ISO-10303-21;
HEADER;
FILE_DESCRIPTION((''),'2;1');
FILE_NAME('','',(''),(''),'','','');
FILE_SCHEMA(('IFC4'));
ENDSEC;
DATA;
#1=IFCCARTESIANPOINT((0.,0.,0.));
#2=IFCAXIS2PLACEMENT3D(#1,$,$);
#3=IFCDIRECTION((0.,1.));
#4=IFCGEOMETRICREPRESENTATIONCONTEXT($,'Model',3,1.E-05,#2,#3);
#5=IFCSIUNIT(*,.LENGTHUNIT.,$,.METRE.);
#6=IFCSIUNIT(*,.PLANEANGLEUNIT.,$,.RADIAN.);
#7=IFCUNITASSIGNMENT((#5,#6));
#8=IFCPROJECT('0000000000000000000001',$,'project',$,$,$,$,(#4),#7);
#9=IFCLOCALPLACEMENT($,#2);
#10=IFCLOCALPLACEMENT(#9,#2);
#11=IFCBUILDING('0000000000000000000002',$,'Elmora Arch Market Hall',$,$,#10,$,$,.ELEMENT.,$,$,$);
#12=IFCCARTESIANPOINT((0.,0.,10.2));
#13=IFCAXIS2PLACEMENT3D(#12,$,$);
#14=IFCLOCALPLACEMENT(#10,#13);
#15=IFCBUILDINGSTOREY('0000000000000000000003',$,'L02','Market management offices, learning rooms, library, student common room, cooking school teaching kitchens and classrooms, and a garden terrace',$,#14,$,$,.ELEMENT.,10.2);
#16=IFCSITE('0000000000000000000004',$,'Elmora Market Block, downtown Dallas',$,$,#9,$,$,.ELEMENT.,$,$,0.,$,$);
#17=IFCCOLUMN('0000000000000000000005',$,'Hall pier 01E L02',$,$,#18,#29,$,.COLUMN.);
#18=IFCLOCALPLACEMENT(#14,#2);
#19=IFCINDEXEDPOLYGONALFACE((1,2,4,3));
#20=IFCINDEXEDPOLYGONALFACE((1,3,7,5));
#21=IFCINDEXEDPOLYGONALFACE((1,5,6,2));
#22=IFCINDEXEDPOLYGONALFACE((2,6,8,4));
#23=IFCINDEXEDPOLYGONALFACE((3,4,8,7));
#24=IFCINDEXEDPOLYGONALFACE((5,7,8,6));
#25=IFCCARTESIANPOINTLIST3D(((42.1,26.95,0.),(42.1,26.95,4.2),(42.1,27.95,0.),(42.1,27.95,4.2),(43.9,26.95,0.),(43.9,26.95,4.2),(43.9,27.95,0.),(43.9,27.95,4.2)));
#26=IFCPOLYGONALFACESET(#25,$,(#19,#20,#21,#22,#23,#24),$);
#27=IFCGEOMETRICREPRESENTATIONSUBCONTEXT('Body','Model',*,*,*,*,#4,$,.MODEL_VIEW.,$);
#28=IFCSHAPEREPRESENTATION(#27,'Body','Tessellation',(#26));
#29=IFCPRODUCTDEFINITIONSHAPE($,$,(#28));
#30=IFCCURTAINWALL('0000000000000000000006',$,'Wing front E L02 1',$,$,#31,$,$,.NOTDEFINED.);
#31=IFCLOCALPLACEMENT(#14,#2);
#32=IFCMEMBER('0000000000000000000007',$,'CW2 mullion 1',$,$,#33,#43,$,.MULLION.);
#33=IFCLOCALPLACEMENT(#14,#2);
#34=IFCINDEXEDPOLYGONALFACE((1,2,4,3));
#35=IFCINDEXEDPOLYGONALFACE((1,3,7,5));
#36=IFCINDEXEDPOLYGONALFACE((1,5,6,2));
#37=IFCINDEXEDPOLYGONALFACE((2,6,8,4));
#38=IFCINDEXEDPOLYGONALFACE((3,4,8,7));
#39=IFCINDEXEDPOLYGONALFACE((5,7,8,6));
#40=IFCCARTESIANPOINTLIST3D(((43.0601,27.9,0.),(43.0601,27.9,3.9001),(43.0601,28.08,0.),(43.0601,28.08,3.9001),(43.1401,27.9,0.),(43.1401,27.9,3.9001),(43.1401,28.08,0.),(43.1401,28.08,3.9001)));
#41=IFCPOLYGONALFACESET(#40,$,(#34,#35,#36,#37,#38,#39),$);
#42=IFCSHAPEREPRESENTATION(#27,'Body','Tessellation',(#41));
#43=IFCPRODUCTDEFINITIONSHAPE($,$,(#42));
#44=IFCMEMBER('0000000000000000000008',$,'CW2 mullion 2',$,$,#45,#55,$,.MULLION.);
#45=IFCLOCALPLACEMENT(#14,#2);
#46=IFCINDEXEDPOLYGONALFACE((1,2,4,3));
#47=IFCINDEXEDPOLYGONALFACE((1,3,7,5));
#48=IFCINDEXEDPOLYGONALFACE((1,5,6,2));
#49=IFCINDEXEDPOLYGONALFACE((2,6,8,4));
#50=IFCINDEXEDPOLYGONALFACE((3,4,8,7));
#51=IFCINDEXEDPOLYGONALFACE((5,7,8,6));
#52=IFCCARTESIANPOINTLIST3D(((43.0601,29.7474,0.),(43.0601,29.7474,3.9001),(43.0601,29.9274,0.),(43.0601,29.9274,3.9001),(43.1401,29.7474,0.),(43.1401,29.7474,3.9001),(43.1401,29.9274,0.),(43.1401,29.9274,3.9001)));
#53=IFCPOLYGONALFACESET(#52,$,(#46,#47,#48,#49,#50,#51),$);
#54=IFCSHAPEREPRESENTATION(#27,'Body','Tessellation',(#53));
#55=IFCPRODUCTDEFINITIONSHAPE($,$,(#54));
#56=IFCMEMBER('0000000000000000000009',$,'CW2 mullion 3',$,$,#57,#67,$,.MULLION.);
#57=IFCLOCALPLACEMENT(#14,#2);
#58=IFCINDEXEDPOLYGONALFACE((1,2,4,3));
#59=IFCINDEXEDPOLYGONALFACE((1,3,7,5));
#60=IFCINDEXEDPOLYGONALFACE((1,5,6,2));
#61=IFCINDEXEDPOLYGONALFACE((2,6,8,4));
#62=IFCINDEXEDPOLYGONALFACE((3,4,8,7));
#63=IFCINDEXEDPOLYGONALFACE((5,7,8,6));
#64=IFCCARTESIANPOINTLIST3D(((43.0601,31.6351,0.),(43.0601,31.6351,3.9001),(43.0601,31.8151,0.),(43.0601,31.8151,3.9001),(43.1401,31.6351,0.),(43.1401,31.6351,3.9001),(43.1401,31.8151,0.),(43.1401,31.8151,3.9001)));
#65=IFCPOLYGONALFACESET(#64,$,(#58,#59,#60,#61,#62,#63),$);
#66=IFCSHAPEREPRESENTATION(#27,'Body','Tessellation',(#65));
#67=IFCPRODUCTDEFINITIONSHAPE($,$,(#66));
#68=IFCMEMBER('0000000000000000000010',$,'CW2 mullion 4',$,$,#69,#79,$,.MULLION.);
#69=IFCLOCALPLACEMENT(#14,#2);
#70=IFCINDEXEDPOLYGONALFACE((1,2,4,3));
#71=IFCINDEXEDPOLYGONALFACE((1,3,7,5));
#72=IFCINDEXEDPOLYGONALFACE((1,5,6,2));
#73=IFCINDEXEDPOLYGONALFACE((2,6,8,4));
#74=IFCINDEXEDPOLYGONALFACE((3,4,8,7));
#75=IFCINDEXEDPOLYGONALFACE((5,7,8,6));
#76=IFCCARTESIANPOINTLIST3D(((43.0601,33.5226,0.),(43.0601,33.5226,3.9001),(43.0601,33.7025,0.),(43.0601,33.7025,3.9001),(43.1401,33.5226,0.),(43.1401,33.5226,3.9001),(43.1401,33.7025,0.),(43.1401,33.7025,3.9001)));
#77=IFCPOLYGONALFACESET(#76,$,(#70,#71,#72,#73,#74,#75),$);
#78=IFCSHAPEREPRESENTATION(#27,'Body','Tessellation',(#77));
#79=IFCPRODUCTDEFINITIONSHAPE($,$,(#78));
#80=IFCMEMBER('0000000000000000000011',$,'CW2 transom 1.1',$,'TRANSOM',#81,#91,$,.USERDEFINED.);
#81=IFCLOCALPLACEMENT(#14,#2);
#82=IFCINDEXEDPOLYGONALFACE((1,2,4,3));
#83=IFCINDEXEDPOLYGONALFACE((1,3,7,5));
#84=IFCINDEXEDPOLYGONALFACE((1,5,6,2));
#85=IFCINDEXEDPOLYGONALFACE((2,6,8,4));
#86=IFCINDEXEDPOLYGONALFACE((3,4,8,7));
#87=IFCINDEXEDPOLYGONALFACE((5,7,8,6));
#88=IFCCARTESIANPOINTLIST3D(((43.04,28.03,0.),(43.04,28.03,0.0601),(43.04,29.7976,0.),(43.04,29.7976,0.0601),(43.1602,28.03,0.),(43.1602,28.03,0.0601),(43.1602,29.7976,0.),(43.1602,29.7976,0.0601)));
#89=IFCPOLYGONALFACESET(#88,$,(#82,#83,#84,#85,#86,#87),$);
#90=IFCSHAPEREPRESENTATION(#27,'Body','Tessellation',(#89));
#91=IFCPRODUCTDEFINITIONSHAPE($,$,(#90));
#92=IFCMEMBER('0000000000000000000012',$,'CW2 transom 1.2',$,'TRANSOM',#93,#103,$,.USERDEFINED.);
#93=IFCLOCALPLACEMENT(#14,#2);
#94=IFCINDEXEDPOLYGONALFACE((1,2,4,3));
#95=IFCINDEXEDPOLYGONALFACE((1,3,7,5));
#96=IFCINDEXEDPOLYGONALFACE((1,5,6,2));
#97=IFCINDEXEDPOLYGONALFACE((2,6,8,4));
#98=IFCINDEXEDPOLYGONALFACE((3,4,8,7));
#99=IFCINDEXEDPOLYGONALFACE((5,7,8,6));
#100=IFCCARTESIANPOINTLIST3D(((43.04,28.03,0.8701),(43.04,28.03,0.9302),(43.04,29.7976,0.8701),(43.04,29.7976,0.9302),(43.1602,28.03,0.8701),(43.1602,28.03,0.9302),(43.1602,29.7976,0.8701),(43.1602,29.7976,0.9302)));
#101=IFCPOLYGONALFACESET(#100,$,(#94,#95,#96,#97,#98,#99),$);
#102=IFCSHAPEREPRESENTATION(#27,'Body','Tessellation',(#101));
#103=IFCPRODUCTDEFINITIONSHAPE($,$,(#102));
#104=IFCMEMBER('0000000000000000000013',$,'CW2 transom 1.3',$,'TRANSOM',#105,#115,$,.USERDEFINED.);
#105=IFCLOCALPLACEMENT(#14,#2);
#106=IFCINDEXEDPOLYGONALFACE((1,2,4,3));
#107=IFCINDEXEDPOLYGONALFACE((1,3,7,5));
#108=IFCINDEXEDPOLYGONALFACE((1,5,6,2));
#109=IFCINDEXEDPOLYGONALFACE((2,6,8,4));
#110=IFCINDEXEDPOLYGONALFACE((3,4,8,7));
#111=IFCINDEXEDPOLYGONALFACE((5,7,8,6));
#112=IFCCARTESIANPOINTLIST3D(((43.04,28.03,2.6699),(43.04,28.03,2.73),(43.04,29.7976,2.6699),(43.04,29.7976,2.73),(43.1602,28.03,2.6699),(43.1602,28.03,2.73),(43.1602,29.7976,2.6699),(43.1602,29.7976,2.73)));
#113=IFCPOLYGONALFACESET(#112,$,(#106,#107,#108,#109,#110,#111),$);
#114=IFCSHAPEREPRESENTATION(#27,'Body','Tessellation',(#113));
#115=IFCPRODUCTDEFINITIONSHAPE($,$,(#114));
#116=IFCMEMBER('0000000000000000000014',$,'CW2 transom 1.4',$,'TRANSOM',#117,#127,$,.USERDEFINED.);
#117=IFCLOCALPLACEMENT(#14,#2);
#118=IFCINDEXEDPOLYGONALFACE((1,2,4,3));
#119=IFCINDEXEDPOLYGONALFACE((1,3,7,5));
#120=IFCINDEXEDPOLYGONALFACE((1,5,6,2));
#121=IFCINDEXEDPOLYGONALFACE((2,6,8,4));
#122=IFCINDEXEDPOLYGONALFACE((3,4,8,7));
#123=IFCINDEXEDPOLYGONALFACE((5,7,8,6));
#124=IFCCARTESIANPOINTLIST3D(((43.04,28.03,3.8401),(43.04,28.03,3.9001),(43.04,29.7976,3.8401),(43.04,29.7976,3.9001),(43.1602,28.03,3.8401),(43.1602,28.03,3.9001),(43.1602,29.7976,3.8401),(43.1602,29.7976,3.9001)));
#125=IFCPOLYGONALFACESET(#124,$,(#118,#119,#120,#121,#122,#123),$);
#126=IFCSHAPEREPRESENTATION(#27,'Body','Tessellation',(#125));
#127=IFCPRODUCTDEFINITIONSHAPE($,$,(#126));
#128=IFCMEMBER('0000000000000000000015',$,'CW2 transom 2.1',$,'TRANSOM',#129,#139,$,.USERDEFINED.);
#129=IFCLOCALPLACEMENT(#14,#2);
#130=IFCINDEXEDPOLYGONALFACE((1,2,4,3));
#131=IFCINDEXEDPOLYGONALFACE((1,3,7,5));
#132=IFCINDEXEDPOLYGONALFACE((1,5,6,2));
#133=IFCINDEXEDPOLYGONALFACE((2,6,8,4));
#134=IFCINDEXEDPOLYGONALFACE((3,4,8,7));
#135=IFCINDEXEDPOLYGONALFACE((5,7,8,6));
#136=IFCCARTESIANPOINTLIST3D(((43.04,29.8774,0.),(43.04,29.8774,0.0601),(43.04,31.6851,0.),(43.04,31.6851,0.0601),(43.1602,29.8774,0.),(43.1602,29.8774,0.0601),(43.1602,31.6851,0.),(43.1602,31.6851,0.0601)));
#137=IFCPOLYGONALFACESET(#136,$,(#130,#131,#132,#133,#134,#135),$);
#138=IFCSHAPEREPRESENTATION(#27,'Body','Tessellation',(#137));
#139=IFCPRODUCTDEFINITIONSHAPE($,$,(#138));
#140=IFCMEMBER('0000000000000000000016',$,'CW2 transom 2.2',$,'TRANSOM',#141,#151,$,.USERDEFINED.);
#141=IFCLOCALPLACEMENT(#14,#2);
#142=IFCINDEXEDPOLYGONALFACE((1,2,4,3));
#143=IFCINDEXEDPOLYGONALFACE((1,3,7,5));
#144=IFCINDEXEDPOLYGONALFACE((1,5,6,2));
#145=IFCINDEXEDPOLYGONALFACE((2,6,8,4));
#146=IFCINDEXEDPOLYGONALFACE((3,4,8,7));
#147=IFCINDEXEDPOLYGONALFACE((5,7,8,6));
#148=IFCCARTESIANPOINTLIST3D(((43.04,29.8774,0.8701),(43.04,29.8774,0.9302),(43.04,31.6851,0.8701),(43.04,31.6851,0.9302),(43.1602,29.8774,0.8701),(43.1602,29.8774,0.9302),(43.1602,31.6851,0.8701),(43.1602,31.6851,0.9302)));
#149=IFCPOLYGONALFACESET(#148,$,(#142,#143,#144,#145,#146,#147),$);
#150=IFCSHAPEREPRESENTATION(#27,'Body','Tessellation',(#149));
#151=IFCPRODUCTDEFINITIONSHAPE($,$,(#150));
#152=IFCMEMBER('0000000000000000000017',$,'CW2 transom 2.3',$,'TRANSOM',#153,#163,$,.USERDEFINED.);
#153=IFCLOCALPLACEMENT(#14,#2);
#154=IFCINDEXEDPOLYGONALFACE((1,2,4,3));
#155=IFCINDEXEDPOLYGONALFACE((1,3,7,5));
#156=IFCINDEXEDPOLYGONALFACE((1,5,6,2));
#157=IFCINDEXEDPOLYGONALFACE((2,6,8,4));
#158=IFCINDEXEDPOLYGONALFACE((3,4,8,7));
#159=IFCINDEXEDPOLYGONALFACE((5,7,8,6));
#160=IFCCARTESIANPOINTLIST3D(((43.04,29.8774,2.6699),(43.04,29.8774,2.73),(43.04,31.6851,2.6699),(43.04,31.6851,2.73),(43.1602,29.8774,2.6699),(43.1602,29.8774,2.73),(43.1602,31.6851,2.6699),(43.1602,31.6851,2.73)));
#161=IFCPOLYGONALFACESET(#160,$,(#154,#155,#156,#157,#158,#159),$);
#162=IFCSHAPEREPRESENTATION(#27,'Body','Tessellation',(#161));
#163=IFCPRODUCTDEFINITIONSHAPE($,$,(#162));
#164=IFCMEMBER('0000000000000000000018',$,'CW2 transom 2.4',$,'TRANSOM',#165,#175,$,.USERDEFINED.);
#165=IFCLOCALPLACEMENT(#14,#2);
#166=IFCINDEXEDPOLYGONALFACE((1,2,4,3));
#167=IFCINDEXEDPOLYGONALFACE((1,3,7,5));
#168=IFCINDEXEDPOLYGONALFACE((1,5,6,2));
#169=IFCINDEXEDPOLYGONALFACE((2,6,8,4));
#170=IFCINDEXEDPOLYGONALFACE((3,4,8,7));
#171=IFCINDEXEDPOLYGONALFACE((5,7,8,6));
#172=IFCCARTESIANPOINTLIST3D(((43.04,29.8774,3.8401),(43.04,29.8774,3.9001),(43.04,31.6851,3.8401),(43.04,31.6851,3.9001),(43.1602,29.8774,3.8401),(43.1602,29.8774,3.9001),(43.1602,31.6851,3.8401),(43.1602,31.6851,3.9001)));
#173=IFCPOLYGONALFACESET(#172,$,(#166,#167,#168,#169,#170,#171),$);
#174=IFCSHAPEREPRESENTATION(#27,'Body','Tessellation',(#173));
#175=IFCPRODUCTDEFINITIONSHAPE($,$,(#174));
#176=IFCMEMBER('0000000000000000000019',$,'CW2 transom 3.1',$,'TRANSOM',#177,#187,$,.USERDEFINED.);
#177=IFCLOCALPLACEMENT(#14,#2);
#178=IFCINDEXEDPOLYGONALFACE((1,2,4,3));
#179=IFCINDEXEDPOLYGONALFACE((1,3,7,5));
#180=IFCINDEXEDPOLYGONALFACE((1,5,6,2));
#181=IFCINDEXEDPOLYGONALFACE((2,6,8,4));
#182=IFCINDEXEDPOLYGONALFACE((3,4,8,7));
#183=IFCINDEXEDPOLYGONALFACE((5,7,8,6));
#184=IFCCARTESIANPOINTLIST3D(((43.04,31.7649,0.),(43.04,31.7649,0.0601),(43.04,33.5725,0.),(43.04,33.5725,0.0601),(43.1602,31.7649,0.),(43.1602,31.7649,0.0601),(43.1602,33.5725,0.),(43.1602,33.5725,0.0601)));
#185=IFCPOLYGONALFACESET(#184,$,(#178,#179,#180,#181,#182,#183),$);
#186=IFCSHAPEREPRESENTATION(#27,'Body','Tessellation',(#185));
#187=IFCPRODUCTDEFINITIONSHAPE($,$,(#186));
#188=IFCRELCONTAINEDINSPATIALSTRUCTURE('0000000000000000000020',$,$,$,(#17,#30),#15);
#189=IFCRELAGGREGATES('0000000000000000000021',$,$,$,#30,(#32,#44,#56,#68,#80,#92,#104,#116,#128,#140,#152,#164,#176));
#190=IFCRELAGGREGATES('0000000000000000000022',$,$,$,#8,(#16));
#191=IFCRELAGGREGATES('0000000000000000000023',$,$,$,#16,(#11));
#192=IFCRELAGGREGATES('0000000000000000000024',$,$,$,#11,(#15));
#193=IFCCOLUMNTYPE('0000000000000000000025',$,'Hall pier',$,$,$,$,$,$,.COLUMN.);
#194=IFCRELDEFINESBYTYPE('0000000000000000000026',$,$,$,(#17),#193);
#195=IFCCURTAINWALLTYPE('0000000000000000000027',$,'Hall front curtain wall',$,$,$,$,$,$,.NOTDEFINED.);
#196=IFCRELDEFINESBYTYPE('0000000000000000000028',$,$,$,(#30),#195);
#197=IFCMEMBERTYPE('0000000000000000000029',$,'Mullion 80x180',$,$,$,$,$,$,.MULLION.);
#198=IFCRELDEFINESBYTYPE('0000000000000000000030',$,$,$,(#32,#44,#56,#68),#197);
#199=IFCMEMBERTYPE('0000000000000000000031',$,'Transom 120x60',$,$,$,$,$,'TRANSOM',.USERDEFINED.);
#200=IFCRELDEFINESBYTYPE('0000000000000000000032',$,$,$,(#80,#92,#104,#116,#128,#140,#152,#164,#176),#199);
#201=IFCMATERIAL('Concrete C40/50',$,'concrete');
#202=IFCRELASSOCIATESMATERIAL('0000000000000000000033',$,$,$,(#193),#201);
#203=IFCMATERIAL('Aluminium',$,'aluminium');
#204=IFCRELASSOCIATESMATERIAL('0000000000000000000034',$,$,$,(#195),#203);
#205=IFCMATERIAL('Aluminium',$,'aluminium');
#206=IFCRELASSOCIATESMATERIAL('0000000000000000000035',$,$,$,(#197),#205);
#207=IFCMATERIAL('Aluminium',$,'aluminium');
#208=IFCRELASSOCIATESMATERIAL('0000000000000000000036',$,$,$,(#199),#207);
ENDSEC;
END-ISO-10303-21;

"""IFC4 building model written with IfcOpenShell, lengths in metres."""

from ifc_helpers import new_model, si_unit, direction, frame, origin, origin_2d, place, context, subcontext, project, spatial, rectangle, extrude, material, material_profile, profile_set, type_object, element, aggregate, save


model = new_model("IFC4")

# Units and contexts
model_context = context("Model", 3, precision=1e-05, world=origin(), true_north=direction((0.0, 1.0)))
body_context = subcontext(model_context, "Body", "Model", "MODEL_VIEW")
ifc_project = project(units=[si_unit("LENGTHUNIT", "METRE"), si_unit("PLANEANGLEUNIT", "RADIAN")], contexts=[model_context])

# Site, building, storey
site_placement = place(None, origin())
site = spatial("IfcSite", under=ifc_project, at=site_placement, Name="Elmora Market Block, downtown Dallas", CompositionType="ELEMENT", RefElevation=0.0)
building_placement = place(site_placement, origin())
building = spatial("IfcBuilding", under=site, at=building_placement, Name="Elmora Arch Market Hall", CompositionType="ELEMENT")
storey_placement = place(building_placement, frame((0.0, 0.0, 10.2)))
storey = spatial("IfcBuildingStorey", under=building, at=storey_placement, Name="L02", Description="Market management offices, learning rooms, library, student common room, cooking school teaching kitchens and classrooms, and a garden terrace", CompositionType="ELEMENT", Elevation=10.2)

# Column
ifc_material_1 = material(Name="Concrete C40/50", Category="concrete")
ifc_material_profile_1 = material_profile(ifc_material_1, rectangle(XDim=1.8, YDim=1.0, at=origin_2d()), Name="Hall pier")
ifc_profile_set_1 = profile_set([ifc_material_profile_1], Name="Concrete C40/50")
column_type = type_object("IfcColumnType", Name="Hall pier", PredefinedType="COLUMN", material=ifc_profile_set_1)
column_placement = place(storey_placement, frame((43.0, 27.45, 0.0), z_axis=(0.0, 0.0, 1.0), x_axis=(1.0, 0.0, 0.0)))
element("IfcColumn", 1, at=column_placement, inside=storey, type_object=column_type, Name="Hall pier 01E L02", PredefinedType="COLUMN", context=body_context, shape_type="SweptSolid", body=[
    extrude(rectangle(XDim=1.8, YDim=1.0, at=origin_2d()), origin(), (0.0, 0.0, 1.0), 4.2),
])

# Curtain wall, members
ifc_material_2 = material(Name="Aluminium", Category="aluminium")
curtain_wall_type = type_object("IfcCurtainWallType", Name="Hall front curtain wall", PredefinedType="NOTDEFINED", material=ifc_material_2)
curtain_wall_placement = place(storey_placement, origin())
curtain_wall = element("IfcCurtainWall", 2, at=curtain_wall_placement, inside=storey, type_object=curtain_wall_type, Name="Wing front E L02 1", PredefinedType="NOTDEFINED")
ifc_material_3 = material(Name="Aluminium", Category="aluminium")
ifc_material_profile_2 = material_profile(ifc_material_3, rectangle(XDim=0.0801, YDim=0.1799, at=origin_2d()), Name="AL 80x180")
ifc_profile_set_2 = profile_set([ifc_material_profile_2], Name="Aluminium")
member_type_1 = type_object("IfcMemberType", Name="Mullion 80x180", PredefinedType="MULLION", material=ifc_profile_set_2)
member_1_placement = place(storey_placement, frame((43.1001, 27.99, 0.0), z_axis=(0.0, 0.0, 1.0), x_axis=(-1.0, 0.0, 0.0)))
member_1 = element("IfcMember", 3, at=member_1_placement, type_object=member_type_1, Name="CW2 mullion 1", PredefinedType="MULLION", context=body_context, shape_type="SweptSolid", body=[
    extrude(rectangle(XDim=0.0801, YDim=0.1799, at=origin_2d()), origin(), (0.0, 0.0, 1.0), 3.9001),
])
member_2_placement = place(storey_placement, frame((43.1001, 29.8374, 0.0), z_axis=(0.0, 0.0, 1.0), x_axis=(-1.0, 0.0, 0.0)))
member_2 = element("IfcMember", 4, at=member_2_placement, type_object=member_type_1, Name="CW2 mullion 2", PredefinedType="MULLION", context=body_context, shape_type="SweptSolid", body=[
    extrude(rectangle(XDim=0.0801, YDim=0.1799, at=origin_2d()), origin(), (0.0, 0.0, 1.0), 3.9001),
])
member_3_placement = place(storey_placement, frame((43.1001, 31.7251, 0.0), z_axis=(0.0, 0.0, 1.0), x_axis=(-1.0, 0.0, 0.0)))
member_3 = element("IfcMember", 5, at=member_3_placement, type_object=member_type_1, Name="CW2 mullion 3", PredefinedType="MULLION", context=body_context, shape_type="SweptSolid", body=[
    extrude(rectangle(XDim=0.0801, YDim=0.1799, at=origin_2d()), origin(), (0.0, 0.0, 1.0), 3.9001),
])
member_4_placement = place(storey_placement, frame((43.1001, 33.6125, 0.0), z_axis=(0.0, 0.0, 1.0), x_axis=(-1.0, 0.0, 0.0)))
member_4 = element("IfcMember", 6, at=member_4_placement, type_object=member_type_1, Name="CW2 mullion 4", PredefinedType="MULLION", context=body_context, shape_type="SweptSolid", body=[
    extrude(rectangle(XDim=0.0801, YDim=0.1799, at=origin_2d()), origin(), (0.0, 0.0, 1.0), 3.9001),
])
ifc_material_4 = material(Name="Aluminium", Category="aluminium")
ifc_material_profile_3 = material_profile(ifc_material_4, rectangle(XDim=0.1201, YDim=0.0601, at=origin_2d()), Name="AL 120x60")
ifc_profile_set_3 = profile_set([ifc_material_profile_3], Name="Aluminium")
member_type_2 = type_object("IfcMemberType", Name="Transom 120x60", ElementType="TRANSOM", PredefinedType="USERDEFINED", material=ifc_profile_set_3)
member_5_placement = place(storey_placement, frame((43.1001, 28.03, 0.03), z_axis=(0.0, 1.0, 0.0), x_axis=(-1.0, 0.0, 0.0)))
member_5 = element("IfcMember", 7, at=member_5_placement, type_object=member_type_2, Name="CW2 transom 1.1", ObjectType="TRANSOM", PredefinedType="USERDEFINED", context=body_context, shape_type="SweptSolid", body=[
    extrude(rectangle(XDim=0.1201, YDim=0.0601, at=origin_2d()), origin(), (0.0, 0.0, 1.0), 1.7676),
])
member_6_placement = place(storey_placement, frame((43.1001, 28.03, 0.9001), z_axis=(0.0, 1.0, 0.0), x_axis=(-1.0, 0.0, 0.0)))
member_6 = element("IfcMember", 8, at=member_6_placement, type_object=member_type_2, Name="CW2 transom 1.2", ObjectType="TRANSOM", PredefinedType="USERDEFINED", context=body_context, shape_type="SweptSolid", body=[
    extrude(rectangle(XDim=0.1201, YDim=0.0601, at=origin_2d()), origin(), (0.0, 0.0, 1.0), 1.7676),
])
member_7_placement = place(storey_placement, frame((43.1001, 28.03, 2.7), z_axis=(0.0, 1.0, 0.0), x_axis=(-1.0, 0.0, 0.0)))
member_7 = element("IfcMember", 9, at=member_7_placement, type_object=member_type_2, Name="CW2 transom 1.3", ObjectType="TRANSOM", PredefinedType="USERDEFINED", context=body_context, shape_type="SweptSolid", body=[
    extrude(rectangle(XDim=0.1201, YDim=0.0601, at=origin_2d()), origin(), (0.0, 0.0, 1.0), 1.7676),
])
member_8_placement = place(storey_placement, frame((43.1001, 28.03, 3.8701), z_axis=(0.0, 1.0, 0.0), x_axis=(-1.0, 0.0, 0.0)))
member_8 = element("IfcMember", 10, at=member_8_placement, type_object=member_type_2, Name="CW2 transom 1.4", ObjectType="TRANSOM", PredefinedType="USERDEFINED", context=body_context, shape_type="SweptSolid", body=[
    extrude(rectangle(XDim=0.1201, YDim=0.0601, at=origin_2d()), origin(), (0.0, 0.0, 1.0), 1.7676),
])
member_9_placement = place(storey_placement, frame((43.1001, 29.8774, 0.03), z_axis=(0.0, 1.0, 0.0), x_axis=(-1.0, 0.0, 0.0)))
member_9 = element("IfcMember", 11, at=member_9_placement, type_object=member_type_2, Name="CW2 transom 2.1", ObjectType="TRANSOM", PredefinedType="USERDEFINED", context=body_context, shape_type="SweptSolid", body=[
    extrude(rectangle(XDim=0.1201, YDim=0.0601, at=origin_2d()), origin(), (0.0, 0.0, 1.0), 1.8076),
])
member_10_placement = place(storey_placement, frame((43.1001, 29.8774, 0.9001), z_axis=(0.0, 1.0, 0.0), x_axis=(-1.0, 0.0, 0.0)))
member_10 = element("IfcMember", 12, at=member_10_placement, type_object=member_type_2, Name="CW2 transom 2.2", ObjectType="TRANSOM", PredefinedType="USERDEFINED", context=body_context, shape_type="SweptSolid", body=[
    extrude(rectangle(XDim=0.1201, YDim=0.0601, at=origin_2d()), origin(), (0.0, 0.0, 1.0), 1.8076),
])
member_11_placement = place(storey_placement, frame((43.1001, 29.8774, 2.7), z_axis=(0.0, 1.0, 0.0), x_axis=(-1.0, 0.0, 0.0)))
member_11 = element("IfcMember", 13, at=member_11_placement, type_object=member_type_2, Name="CW2 transom 2.3", ObjectType="TRANSOM", PredefinedType="USERDEFINED", context=body_context, shape_type="SweptSolid", body=[
    extrude(rectangle(XDim=0.1201, YDim=0.0601, at=origin_2d()), origin(), (0.0, 0.0, 1.0), 1.8076),
])
member_12_placement = place(storey_placement, frame((43.1001, 29.8774, 3.8701), z_axis=(0.0, 1.0, 0.0), x_axis=(-1.0, 0.0, 0.0)))
member_12 = element("IfcMember", 14, at=member_12_placement, type_object=member_type_2, Name="CW2 transom 2.4", ObjectType="TRANSOM", PredefinedType="USERDEFINED", context=body_context, shape_type="SweptSolid", body=[
    extrude(rectangle(XDim=0.1201, YDim=0.0601, at=origin_2d()), origin(), (0.0, 0.0, 1.0), 1.8076),
])
member_13_placement = place(storey_placement, frame((43.1001, 31.7649, 0.03), z_axis=(0.0, 1.0, 0.0), x_axis=(-1.0, 0.0, 0.0)))
member_13 = element("IfcMember", 15, at=member_13_placement, type_object=member_type_2, Name="CW2 transom 3.1", ObjectType="TRANSOM", PredefinedType="USERDEFINED", context=body_context, shape_type="SweptSolid", body=[
    extrude(rectangle(XDim=0.1201, YDim=0.0601, at=origin_2d()), origin(), (0.0, 0.0, 1.0), 1.8076),
])
aggregate(curtain_wall, [member_1, member_2, member_3, member_4, member_5, member_6, member_7, member_8, member_9, member_10, member_11, member_12, member_13])

save(model, "model.ifc")
